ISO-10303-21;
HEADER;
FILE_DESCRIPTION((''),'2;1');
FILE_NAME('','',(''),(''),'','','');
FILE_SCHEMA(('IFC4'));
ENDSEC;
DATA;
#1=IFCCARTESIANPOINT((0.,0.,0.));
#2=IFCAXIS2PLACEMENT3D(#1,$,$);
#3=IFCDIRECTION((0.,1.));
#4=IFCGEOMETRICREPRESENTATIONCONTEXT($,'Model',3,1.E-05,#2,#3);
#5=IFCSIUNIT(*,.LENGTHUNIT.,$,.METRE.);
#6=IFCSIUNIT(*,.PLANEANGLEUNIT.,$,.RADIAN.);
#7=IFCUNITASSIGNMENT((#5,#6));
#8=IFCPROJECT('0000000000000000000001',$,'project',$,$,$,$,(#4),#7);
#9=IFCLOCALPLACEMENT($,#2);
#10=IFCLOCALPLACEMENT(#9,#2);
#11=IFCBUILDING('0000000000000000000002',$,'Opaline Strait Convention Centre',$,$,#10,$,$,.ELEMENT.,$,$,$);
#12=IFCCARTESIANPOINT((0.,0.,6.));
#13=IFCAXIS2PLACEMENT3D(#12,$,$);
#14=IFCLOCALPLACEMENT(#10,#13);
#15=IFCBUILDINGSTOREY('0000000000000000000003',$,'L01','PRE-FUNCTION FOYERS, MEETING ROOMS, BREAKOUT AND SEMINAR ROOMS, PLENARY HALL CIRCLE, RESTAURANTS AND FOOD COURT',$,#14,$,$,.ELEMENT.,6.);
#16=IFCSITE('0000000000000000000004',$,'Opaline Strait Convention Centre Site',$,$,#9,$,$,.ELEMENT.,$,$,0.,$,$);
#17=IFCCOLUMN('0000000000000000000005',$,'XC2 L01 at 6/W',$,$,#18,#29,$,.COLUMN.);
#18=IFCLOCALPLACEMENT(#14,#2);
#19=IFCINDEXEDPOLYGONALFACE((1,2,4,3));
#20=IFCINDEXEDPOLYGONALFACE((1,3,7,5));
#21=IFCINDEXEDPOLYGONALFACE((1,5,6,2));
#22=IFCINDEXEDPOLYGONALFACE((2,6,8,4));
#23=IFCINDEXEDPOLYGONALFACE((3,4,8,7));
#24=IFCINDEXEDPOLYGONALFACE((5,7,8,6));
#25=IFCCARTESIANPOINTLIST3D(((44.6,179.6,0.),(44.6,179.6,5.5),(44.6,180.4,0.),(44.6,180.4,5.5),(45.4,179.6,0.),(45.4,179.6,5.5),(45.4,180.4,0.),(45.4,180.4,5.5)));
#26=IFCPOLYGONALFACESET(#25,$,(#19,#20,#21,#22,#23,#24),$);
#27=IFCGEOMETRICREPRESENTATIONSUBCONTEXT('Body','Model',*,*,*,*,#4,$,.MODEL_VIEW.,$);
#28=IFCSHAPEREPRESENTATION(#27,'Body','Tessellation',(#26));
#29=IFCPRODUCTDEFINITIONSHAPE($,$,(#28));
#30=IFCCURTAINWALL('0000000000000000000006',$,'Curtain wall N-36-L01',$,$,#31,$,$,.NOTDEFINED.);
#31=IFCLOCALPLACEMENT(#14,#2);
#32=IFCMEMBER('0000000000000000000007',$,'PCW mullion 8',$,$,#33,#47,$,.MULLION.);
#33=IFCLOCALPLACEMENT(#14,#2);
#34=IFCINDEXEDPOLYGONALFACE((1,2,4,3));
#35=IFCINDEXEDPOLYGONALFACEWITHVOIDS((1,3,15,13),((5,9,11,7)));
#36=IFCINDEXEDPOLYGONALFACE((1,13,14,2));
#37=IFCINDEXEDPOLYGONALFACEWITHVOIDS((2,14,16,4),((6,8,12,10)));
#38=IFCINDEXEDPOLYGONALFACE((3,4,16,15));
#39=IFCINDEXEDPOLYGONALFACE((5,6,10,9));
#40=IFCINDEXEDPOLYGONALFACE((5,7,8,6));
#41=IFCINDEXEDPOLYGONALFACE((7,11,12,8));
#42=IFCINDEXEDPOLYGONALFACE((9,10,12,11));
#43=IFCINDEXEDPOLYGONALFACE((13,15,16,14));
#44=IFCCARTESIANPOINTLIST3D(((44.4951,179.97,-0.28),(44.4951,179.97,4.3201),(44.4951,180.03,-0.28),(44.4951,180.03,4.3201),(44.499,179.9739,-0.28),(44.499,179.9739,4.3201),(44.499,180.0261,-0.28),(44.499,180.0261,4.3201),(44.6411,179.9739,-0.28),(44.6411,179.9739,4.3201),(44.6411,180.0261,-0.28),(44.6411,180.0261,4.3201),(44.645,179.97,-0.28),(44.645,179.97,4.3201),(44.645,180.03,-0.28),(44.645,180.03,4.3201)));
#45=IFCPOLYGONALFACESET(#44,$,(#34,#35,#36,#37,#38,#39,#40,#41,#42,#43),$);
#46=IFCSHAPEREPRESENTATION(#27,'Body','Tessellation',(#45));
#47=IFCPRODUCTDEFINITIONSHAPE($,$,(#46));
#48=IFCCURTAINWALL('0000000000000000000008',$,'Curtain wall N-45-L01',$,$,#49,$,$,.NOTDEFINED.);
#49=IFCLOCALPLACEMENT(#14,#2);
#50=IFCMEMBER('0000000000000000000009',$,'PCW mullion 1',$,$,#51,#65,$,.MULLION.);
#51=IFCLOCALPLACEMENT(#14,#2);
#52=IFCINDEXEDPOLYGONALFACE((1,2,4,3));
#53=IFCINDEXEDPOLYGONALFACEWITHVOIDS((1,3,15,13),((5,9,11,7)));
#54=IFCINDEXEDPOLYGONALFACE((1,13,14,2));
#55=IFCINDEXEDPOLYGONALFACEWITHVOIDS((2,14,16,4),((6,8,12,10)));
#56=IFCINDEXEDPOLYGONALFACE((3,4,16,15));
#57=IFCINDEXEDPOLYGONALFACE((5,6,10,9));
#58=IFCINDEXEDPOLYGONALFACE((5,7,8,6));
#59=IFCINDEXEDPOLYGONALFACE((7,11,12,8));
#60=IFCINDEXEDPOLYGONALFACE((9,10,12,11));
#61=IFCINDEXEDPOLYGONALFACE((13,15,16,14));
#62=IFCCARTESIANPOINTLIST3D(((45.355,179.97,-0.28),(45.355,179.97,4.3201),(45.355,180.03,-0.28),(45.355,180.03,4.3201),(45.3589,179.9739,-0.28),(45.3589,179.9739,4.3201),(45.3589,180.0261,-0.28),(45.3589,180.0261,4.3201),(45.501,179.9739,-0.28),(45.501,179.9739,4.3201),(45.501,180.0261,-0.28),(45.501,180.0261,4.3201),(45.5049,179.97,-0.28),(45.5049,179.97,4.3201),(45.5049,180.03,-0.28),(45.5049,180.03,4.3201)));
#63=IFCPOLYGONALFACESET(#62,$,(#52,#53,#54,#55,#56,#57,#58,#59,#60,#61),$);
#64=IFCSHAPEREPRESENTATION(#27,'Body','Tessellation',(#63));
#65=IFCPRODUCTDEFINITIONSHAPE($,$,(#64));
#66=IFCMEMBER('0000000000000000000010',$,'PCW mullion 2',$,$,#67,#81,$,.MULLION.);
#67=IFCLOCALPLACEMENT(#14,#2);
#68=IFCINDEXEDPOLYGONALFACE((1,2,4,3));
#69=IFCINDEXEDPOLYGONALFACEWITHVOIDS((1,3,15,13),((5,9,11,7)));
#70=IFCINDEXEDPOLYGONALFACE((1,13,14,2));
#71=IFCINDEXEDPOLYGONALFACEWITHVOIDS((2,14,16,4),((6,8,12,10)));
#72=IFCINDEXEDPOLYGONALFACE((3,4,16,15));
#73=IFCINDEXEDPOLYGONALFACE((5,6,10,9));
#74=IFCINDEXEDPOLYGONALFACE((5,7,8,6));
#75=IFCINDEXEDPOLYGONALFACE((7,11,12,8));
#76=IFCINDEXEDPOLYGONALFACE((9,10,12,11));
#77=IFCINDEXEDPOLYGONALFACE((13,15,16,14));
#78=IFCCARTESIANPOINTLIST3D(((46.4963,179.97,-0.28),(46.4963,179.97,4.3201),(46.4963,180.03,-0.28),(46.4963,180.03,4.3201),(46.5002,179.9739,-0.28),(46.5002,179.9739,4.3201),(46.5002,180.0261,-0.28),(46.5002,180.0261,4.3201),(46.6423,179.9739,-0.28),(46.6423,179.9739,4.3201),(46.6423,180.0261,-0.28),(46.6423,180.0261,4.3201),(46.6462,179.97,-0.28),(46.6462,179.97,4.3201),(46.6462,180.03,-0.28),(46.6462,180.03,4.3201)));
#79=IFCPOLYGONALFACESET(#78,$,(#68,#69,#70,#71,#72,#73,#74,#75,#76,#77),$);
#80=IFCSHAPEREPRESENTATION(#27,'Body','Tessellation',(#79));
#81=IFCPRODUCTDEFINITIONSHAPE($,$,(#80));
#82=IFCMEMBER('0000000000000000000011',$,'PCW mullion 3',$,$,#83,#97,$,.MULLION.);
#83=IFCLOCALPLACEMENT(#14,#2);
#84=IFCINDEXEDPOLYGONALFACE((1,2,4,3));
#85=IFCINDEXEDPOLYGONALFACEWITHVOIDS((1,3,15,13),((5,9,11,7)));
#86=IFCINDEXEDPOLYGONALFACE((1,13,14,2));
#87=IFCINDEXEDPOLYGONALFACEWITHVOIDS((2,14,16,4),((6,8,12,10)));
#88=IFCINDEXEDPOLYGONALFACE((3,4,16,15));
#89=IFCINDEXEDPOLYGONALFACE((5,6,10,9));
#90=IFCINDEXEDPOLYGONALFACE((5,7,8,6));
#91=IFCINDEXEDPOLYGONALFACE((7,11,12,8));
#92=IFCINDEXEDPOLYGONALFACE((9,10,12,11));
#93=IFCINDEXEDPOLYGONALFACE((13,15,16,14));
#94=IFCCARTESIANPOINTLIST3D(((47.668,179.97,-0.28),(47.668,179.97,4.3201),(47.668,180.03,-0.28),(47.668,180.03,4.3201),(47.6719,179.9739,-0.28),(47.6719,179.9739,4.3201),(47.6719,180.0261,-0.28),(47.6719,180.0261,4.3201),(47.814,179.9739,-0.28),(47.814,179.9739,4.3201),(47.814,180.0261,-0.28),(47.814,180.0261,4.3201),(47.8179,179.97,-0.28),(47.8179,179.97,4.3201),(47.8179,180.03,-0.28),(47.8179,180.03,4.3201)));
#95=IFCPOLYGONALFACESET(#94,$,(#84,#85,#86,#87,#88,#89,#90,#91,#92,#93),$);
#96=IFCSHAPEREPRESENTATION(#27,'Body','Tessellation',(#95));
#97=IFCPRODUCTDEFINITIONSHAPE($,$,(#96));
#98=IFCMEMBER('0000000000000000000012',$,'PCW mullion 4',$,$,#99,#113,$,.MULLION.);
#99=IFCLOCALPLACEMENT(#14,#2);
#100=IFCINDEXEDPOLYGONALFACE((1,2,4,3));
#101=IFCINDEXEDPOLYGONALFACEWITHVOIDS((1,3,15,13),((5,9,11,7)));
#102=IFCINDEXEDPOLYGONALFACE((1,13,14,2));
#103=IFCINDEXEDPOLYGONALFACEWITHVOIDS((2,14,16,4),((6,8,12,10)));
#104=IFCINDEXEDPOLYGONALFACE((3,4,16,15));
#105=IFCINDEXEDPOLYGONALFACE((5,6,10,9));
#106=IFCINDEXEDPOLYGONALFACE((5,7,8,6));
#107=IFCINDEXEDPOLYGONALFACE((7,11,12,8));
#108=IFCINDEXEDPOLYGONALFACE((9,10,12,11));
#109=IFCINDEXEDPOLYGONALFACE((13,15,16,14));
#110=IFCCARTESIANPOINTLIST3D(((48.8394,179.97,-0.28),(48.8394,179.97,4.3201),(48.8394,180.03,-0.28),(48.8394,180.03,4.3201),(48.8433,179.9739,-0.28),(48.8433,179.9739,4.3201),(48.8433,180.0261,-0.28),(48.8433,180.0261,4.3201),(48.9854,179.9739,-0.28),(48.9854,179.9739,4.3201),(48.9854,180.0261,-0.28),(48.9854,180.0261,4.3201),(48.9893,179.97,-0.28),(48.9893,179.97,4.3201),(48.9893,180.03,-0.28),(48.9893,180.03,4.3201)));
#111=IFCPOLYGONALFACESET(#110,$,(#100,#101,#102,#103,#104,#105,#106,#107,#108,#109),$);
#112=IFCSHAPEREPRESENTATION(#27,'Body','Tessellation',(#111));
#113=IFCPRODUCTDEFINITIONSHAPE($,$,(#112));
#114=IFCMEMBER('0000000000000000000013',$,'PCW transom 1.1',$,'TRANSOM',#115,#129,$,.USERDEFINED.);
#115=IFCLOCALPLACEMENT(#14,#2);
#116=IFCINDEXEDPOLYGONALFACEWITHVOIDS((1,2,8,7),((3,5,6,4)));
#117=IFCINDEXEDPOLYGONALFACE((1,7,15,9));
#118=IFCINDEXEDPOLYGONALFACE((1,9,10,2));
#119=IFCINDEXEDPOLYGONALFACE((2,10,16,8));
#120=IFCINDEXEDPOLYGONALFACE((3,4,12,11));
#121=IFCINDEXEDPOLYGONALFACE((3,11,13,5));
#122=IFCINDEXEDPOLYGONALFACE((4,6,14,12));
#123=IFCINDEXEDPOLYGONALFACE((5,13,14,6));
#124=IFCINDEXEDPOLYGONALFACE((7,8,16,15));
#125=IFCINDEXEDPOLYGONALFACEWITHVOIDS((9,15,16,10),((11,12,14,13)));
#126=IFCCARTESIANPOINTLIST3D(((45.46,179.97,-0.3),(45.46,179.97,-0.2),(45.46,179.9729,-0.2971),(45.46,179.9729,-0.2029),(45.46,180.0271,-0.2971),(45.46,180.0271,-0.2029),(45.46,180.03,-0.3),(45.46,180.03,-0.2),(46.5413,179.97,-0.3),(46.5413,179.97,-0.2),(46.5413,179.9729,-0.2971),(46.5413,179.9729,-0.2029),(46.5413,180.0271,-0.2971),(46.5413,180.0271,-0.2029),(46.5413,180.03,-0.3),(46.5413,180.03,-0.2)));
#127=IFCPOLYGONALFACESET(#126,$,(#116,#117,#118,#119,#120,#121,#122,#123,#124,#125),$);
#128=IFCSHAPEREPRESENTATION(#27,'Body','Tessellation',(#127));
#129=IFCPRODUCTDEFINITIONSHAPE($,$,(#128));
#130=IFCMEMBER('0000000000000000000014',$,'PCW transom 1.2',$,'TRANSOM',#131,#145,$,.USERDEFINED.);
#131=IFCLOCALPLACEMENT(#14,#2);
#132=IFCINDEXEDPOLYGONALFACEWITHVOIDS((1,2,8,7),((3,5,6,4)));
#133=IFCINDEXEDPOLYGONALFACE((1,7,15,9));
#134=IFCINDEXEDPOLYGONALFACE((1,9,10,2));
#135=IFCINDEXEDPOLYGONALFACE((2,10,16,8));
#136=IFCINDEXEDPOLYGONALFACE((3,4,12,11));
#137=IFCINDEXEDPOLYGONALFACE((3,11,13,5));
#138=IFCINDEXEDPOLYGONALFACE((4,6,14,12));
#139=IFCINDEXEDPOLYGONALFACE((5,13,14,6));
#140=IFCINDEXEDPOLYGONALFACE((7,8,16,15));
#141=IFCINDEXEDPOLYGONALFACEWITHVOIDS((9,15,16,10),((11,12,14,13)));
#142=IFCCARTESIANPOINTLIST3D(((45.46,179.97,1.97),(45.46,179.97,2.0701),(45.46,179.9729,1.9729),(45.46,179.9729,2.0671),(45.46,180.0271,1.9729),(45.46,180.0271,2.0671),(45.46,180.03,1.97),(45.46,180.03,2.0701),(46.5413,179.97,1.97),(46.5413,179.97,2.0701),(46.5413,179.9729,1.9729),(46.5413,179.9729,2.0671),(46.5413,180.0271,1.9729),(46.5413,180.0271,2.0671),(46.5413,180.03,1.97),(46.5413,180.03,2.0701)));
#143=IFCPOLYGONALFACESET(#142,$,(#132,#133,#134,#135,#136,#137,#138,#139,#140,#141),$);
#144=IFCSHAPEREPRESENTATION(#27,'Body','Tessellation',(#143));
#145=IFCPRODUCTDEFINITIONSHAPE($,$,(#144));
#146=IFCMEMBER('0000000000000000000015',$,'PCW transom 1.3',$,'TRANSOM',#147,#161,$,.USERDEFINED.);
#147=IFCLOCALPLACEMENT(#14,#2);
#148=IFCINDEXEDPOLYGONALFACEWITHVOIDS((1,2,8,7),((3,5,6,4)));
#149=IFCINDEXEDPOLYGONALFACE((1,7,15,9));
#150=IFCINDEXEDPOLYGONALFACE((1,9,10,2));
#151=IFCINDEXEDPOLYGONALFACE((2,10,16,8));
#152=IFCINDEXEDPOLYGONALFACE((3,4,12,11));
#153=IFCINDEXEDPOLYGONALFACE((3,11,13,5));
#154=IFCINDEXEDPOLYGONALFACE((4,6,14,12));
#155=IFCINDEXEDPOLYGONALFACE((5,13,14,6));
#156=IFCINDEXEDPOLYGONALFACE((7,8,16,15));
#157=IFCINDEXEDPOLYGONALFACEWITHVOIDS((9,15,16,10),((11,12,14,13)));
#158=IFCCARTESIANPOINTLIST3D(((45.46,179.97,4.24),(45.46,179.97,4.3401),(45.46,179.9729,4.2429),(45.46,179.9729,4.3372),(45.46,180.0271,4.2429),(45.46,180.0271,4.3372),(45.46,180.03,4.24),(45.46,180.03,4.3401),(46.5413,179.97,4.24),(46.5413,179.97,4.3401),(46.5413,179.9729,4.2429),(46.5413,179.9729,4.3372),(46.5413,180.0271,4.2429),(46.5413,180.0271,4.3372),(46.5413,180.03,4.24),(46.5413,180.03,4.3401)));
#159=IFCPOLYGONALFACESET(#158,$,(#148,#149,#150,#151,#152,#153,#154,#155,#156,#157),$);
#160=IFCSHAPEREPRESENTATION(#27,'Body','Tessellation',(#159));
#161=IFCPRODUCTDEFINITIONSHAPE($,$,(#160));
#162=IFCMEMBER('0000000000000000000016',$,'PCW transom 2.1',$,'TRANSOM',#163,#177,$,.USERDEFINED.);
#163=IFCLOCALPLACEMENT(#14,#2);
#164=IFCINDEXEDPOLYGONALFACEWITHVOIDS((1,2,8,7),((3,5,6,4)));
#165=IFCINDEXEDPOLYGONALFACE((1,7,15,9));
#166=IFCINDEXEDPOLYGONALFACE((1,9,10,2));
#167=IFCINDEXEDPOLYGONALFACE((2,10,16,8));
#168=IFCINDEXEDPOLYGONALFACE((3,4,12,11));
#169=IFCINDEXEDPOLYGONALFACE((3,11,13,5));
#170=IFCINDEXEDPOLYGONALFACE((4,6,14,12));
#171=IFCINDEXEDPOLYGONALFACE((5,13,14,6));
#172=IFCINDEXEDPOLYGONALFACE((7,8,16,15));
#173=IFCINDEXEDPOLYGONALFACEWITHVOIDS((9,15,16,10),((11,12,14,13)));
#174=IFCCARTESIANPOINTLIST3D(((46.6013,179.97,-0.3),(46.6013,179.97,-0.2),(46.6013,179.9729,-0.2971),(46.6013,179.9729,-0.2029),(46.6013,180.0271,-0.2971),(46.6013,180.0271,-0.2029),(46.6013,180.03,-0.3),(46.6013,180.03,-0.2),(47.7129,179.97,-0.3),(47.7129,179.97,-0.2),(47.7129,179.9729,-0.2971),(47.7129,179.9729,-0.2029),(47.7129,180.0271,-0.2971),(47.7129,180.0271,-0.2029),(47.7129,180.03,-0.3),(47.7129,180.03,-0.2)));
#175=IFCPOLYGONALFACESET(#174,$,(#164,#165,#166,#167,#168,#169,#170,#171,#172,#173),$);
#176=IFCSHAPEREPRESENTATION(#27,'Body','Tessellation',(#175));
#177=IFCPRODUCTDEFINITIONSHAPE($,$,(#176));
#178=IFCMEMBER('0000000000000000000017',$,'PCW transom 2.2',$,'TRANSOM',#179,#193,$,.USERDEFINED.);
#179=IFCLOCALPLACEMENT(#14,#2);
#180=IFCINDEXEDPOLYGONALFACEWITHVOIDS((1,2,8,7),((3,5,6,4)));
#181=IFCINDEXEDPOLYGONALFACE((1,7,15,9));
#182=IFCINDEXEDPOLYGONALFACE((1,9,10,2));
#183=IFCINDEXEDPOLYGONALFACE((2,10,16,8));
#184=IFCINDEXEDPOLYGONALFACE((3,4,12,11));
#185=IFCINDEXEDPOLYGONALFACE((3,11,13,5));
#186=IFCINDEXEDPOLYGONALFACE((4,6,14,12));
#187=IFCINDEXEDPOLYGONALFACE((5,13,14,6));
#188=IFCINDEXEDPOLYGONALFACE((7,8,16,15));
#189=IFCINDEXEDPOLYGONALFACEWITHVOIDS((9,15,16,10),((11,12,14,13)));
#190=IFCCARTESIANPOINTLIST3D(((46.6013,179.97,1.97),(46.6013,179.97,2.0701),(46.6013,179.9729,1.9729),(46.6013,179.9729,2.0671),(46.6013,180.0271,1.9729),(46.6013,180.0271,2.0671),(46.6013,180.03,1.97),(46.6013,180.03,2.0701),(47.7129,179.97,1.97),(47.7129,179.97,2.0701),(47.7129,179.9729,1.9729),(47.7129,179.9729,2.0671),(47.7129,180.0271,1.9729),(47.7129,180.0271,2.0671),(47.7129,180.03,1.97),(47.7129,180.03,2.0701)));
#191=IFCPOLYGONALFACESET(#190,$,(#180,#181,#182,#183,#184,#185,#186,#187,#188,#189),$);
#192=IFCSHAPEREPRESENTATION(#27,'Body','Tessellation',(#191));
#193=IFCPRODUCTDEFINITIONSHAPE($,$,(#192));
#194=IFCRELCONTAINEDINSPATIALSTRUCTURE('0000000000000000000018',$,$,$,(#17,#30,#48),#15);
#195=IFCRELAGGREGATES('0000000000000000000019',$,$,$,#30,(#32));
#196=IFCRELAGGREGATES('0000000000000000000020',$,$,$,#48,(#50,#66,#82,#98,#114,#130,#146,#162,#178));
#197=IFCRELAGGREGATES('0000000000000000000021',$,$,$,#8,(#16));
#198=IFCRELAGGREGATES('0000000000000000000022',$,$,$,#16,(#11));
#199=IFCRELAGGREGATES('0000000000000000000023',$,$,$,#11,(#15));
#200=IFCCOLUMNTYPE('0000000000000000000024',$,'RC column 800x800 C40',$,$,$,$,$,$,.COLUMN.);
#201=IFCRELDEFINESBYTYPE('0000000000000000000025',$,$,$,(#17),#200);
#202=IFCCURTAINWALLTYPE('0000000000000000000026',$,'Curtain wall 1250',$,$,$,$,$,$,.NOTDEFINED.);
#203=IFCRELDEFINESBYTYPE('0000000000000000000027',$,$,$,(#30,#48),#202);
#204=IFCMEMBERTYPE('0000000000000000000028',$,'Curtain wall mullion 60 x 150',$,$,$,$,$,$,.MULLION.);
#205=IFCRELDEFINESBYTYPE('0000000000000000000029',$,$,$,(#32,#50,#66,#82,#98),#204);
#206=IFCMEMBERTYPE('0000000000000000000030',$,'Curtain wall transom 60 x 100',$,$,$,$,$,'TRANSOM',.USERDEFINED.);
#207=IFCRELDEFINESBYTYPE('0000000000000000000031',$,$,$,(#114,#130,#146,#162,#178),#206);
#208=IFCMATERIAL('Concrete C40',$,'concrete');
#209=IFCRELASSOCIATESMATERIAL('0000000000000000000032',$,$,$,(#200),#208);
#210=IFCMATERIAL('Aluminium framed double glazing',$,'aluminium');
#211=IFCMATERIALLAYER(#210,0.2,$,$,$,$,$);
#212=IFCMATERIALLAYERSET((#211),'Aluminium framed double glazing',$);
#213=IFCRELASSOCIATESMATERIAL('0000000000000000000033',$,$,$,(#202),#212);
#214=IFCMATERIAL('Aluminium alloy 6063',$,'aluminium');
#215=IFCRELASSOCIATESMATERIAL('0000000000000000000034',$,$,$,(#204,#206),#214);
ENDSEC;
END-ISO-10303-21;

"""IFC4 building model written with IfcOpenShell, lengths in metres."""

from ifc_helpers import new_model, si_unit, direction, frame, origin, origin_2d, place, context, subcontext, project, spatial, rectangle, hollow_rectangle, extrude, material, layer, layer_set, material_profile, profile_set, type_object, element, aggregate, save


model = new_model("IFC4")

# Units and contexts
model_context = context("Model", 3, precision=1e-05, world=origin(), true_north=direction((0.0, 1.0)))
body_context = subcontext(model_context, "Body", "Model", "MODEL_VIEW")
ifc_project = project(units=[si_unit("LENGTHUNIT", "METRE"), si_unit("PLANEANGLEUNIT", "RADIAN")], contexts=[model_context])

# Site, building, storey
site_placement = place(None, origin())
site = spatial("IfcSite", under=ifc_project, at=site_placement, Name="Opaline Strait Convention Centre Site", CompositionType="ELEMENT", RefElevation=0.0)
building_placement = place(site_placement, origin())
building = spatial("IfcBuilding", under=site, at=building_placement, Name="Opaline Strait Convention Centre", CompositionType="ELEMENT")
storey_placement = place(building_placement, frame((0.0, 0.0, 6.0)))
storey = spatial("IfcBuildingStorey", under=building, at=storey_placement, Name="L01", Description="PRE-FUNCTION FOYERS, MEETING ROOMS, BREAKOUT AND SEMINAR ROOMS, PLENARY HALL CIRCLE, RESTAURANTS AND FOOD COURT", CompositionType="ELEMENT", Elevation=6.0)

# Column
ifc_material_1 = material(Name="Concrete C40", Category="concrete")
ifc_material_profile_1 = material_profile(ifc_material_1, rectangle(XDim=0.8, YDim=0.8, at=origin_2d()), Name="RC 800x800")
ifc_profile_set_1 = profile_set([ifc_material_profile_1], Name="Concrete C40")
column_type = type_object("IfcColumnType", Name="RC column 800x800 C40", PredefinedType="COLUMN", material=ifc_profile_set_1)
column_placement = place(storey_placement, frame((45.0, 180.0, 0.0), z_axis=(0.0, 0.0, 1.0), x_axis=(1.0, 0.0, 0.0)))
element("IfcColumn", 1, at=column_placement, inside=storey, type_object=column_type, Name="XC2 L01 at 6/W", PredefinedType="COLUMN", context=body_context, shape_type="SweptSolid", body=[
    extrude(rectangle(XDim=0.8, YDim=0.8, at=origin_2d()), origin(), (0.0, 0.0, 1.0), 5.5),
])

# Curtain wall, member
ifc_material_2 = material(Name="Aluminium framed double glazing", Category="aluminium")
ifc_layer_1 = layer(ifc_material_2, 0.2)
ifc_layer_set_1 = layer_set([ifc_layer_1], Name="Aluminium framed double glazing")
curtain_wall_type = type_object("IfcCurtainWallType", Name="Curtain wall 1250", PredefinedType="NOTDEFINED", material=ifc_layer_set_1)
curtain_wall_1_placement = place(storey_placement, origin())
curtain_wall_1 = element("IfcCurtainWall", 2, at=curtain_wall_1_placement, inside=storey, type_object=curtain_wall_type, Name="Curtain wall N-36-L01", PredefinedType="NOTDEFINED")
ifc_material_3 = material(Name="Aluminium alloy 6063", Category="aluminium")
ifc_material_profile_2 = material_profile(ifc_material_3, hollow_rectangle(XDim=0.0601, YDim=0.1499, WallThickness=0.0039, at=origin_2d()), Name="MULLION 60x150x4")
ifc_profile_set_2 = profile_set([ifc_material_profile_2], Name="Aluminium alloy 6063")
member_type_1 = type_object("IfcMemberType", Name="Curtain wall mullion 60 x 150", PredefinedType="MULLION", material=ifc_profile_set_2)
member_1_placement = place(storey_placement, frame((44.5701, 180.0, -0.28), z_axis=(0.0, 0.0, 1.0), x_axis=(0.0, 1.0, 0.0)))
member_1 = element("IfcMember", 3, at=member_1_placement, type_object=member_type_1, Name="PCW mullion 8", PredefinedType="MULLION", context=body_context, shape_type="SweptSolid", body=[
    extrude(hollow_rectangle(XDim=0.0601, YDim=0.1499, WallThickness=0.0039, at=origin_2d()), origin(), (0.0, 0.0, 1.0), 4.6001),
])
aggregate(curtain_wall_1, [member_1])

# Curtain wall, members
curtain_wall_2_placement = place(storey_placement, origin())
curtain_wall_2 = element("IfcCurtainWall", 4, at=curtain_wall_2_placement, inside=storey, type_object=curtain_wall_type, Name="Curtain wall N-45-L01", PredefinedType="NOTDEFINED")
member_2_placement = place(storey_placement, frame((45.4299, 180.0, -0.28), z_axis=(0.0, 0.0, 1.0), x_axis=(0.0, 1.0, 0.0)))
member_2 = element("IfcMember", 5, at=member_2_placement, type_object=member_type_1, Name="PCW mullion 1", PredefinedType="MULLION", context=body_context, shape_type="SweptSolid", body=[
    extrude(hollow_rectangle(XDim=0.0601, YDim=0.1499, WallThickness=0.0039, at=origin_2d()), origin(), (0.0, 0.0, 1.0), 4.6001),
])
member_3_placement = place(storey_placement, frame((46.5713, 180.0, -0.28), z_axis=(0.0, 0.0, 1.0), x_axis=(0.0, 1.0, 0.0)))
member_3 = element("IfcMember", 6, at=member_3_placement, type_object=member_type_1, Name="PCW mullion 2", PredefinedType="MULLION", context=body_context, shape_type="SweptSolid", body=[
    extrude(hollow_rectangle(XDim=0.0601, YDim=0.1499, WallThickness=0.0039, at=origin_2d()), origin(), (0.0, 0.0, 1.0), 4.6001),
])
member_4_placement = place(storey_placement, frame((47.7429, 180.0, -0.28), z_axis=(0.0, 0.0, 1.0), x_axis=(0.0, 1.0, 0.0)))
member_4 = element("IfcMember", 7, at=member_4_placement, type_object=member_type_1, Name="PCW mullion 3", PredefinedType="MULLION", context=body_context, shape_type="SweptSolid", body=[
    extrude(hollow_rectangle(XDim=0.0601, YDim=0.1499, WallThickness=0.0039, at=origin_2d()), origin(), (0.0, 0.0, 1.0), 4.6001),
])
member_5_placement = place(storey_placement, frame((48.9143, 180.0, -0.28), z_axis=(0.0, 0.0, 1.0), x_axis=(0.0, 1.0, 0.0)))
member_5 = element("IfcMember", 8, at=member_5_placement, type_object=member_type_1, Name="PCW mullion 4", PredefinedType="MULLION", context=body_context, shape_type="SweptSolid", body=[
    extrude(hollow_rectangle(XDim=0.0601, YDim=0.1499, WallThickness=0.0039, at=origin_2d()), origin(), (0.0, 0.0, 1.0), 4.6001),
])
ifc_material_profile_3 = material_profile(ifc_material_3, hollow_rectangle(XDim=0.0601, YDim=0.1001, WallThickness=0.0029, at=origin_2d()), Name="TRANSOM 60x100x3")
ifc_profile_set_3 = profile_set([ifc_material_profile_3], Name="Aluminium alloy 6063")
member_type_2 = type_object("IfcMemberType", Name="Curtain wall transom 60 x 100", ElementType="TRANSOM", PredefinedType="USERDEFINED", material=ifc_profile_set_3)
member_6_placement = place(storey_placement, frame((45.46, 180.0, -0.25), z_axis=(1.0, 0.0, 0.0), x_axis=(0.0, 1.0, 0.0)))
member_6 = element("IfcMember", 9, at=member_6_placement, type_object=member_type_2, Name="PCW transom 1.1", ObjectType="TRANSOM", PredefinedType="USERDEFINED", context=body_context, shape_type="SweptSolid", body=[
    extrude(hollow_rectangle(XDim=0.0601, YDim=0.1001, WallThickness=0.0029, at=origin_2d()), origin(), (0.0, 0.0, 1.0), 1.0813),
])
member_7_placement = place(storey_placement, frame((45.46, 180.0, 2.02), z_axis=(1.0, 0.0, 0.0), x_axis=(0.0, 1.0, 0.0)))
member_7 = element("IfcMember", 10, at=member_7_placement, type_object=member_type_2, Name="PCW transom 1.2", ObjectType="TRANSOM", PredefinedType="USERDEFINED", context=body_context, shape_type="SweptSolid", body=[
    extrude(hollow_rectangle(XDim=0.0601, YDim=0.1001, WallThickness=0.0029, at=origin_2d()), origin(), (0.0, 0.0, 1.0), 1.0813),
])
member_8_placement = place(storey_placement, frame((45.46, 180.0, 4.29), z_axis=(1.0, 0.0, 0.0), x_axis=(0.0, 1.0, 0.0)))
member_8 = element("IfcMember", 11, at=member_8_placement, type_object=member_type_2, Name="PCW transom 1.3", ObjectType="TRANSOM", PredefinedType="USERDEFINED", context=body_context, shape_type="SweptSolid", body=[
    extrude(hollow_rectangle(XDim=0.0601, YDim=0.1001, WallThickness=0.0029, at=origin_2d()), origin(), (0.0, 0.0, 1.0), 1.0813),
])
member_9_placement = place(storey_placement, frame((46.6013, 180.0, -0.25), z_axis=(1.0, 0.0, 0.0), x_axis=(0.0, 1.0, 0.0)))
member_9 = element("IfcMember", 12, at=member_9_placement, type_object=member_type_2, Name="PCW transom 2.1", ObjectType="TRANSOM", PredefinedType="USERDEFINED", context=body_context, shape_type="SweptSolid", body=[
    extrude(hollow_rectangle(XDim=0.0601, YDim=0.1001, WallThickness=0.0029, at=origin_2d()), origin(), (0.0, 0.0, 1.0), 1.1116),
])
member_10_placement = place(storey_placement, frame((46.6013, 180.0, 2.02), z_axis=(1.0, 0.0, 0.0), x_axis=(0.0, 1.0, 0.0)))
member_10 = element("IfcMember", 13, at=member_10_placement, type_object=member_type_2, Name="PCW transom 2.2", ObjectType="TRANSOM", PredefinedType="USERDEFINED", context=body_context, shape_type="SweptSolid", body=[
    extrude(hollow_rectangle(XDim=0.0601, YDim=0.1001, WallThickness=0.0029, at=origin_2d()), origin(), (0.0, 0.0, 1.0), 1.1116),
])

aggregate(curtain_wall_2, [member_2, member_3, member_4, member_5, member_6, member_7, member_8, member_9, member_10])

save(model, "model.ifc")
